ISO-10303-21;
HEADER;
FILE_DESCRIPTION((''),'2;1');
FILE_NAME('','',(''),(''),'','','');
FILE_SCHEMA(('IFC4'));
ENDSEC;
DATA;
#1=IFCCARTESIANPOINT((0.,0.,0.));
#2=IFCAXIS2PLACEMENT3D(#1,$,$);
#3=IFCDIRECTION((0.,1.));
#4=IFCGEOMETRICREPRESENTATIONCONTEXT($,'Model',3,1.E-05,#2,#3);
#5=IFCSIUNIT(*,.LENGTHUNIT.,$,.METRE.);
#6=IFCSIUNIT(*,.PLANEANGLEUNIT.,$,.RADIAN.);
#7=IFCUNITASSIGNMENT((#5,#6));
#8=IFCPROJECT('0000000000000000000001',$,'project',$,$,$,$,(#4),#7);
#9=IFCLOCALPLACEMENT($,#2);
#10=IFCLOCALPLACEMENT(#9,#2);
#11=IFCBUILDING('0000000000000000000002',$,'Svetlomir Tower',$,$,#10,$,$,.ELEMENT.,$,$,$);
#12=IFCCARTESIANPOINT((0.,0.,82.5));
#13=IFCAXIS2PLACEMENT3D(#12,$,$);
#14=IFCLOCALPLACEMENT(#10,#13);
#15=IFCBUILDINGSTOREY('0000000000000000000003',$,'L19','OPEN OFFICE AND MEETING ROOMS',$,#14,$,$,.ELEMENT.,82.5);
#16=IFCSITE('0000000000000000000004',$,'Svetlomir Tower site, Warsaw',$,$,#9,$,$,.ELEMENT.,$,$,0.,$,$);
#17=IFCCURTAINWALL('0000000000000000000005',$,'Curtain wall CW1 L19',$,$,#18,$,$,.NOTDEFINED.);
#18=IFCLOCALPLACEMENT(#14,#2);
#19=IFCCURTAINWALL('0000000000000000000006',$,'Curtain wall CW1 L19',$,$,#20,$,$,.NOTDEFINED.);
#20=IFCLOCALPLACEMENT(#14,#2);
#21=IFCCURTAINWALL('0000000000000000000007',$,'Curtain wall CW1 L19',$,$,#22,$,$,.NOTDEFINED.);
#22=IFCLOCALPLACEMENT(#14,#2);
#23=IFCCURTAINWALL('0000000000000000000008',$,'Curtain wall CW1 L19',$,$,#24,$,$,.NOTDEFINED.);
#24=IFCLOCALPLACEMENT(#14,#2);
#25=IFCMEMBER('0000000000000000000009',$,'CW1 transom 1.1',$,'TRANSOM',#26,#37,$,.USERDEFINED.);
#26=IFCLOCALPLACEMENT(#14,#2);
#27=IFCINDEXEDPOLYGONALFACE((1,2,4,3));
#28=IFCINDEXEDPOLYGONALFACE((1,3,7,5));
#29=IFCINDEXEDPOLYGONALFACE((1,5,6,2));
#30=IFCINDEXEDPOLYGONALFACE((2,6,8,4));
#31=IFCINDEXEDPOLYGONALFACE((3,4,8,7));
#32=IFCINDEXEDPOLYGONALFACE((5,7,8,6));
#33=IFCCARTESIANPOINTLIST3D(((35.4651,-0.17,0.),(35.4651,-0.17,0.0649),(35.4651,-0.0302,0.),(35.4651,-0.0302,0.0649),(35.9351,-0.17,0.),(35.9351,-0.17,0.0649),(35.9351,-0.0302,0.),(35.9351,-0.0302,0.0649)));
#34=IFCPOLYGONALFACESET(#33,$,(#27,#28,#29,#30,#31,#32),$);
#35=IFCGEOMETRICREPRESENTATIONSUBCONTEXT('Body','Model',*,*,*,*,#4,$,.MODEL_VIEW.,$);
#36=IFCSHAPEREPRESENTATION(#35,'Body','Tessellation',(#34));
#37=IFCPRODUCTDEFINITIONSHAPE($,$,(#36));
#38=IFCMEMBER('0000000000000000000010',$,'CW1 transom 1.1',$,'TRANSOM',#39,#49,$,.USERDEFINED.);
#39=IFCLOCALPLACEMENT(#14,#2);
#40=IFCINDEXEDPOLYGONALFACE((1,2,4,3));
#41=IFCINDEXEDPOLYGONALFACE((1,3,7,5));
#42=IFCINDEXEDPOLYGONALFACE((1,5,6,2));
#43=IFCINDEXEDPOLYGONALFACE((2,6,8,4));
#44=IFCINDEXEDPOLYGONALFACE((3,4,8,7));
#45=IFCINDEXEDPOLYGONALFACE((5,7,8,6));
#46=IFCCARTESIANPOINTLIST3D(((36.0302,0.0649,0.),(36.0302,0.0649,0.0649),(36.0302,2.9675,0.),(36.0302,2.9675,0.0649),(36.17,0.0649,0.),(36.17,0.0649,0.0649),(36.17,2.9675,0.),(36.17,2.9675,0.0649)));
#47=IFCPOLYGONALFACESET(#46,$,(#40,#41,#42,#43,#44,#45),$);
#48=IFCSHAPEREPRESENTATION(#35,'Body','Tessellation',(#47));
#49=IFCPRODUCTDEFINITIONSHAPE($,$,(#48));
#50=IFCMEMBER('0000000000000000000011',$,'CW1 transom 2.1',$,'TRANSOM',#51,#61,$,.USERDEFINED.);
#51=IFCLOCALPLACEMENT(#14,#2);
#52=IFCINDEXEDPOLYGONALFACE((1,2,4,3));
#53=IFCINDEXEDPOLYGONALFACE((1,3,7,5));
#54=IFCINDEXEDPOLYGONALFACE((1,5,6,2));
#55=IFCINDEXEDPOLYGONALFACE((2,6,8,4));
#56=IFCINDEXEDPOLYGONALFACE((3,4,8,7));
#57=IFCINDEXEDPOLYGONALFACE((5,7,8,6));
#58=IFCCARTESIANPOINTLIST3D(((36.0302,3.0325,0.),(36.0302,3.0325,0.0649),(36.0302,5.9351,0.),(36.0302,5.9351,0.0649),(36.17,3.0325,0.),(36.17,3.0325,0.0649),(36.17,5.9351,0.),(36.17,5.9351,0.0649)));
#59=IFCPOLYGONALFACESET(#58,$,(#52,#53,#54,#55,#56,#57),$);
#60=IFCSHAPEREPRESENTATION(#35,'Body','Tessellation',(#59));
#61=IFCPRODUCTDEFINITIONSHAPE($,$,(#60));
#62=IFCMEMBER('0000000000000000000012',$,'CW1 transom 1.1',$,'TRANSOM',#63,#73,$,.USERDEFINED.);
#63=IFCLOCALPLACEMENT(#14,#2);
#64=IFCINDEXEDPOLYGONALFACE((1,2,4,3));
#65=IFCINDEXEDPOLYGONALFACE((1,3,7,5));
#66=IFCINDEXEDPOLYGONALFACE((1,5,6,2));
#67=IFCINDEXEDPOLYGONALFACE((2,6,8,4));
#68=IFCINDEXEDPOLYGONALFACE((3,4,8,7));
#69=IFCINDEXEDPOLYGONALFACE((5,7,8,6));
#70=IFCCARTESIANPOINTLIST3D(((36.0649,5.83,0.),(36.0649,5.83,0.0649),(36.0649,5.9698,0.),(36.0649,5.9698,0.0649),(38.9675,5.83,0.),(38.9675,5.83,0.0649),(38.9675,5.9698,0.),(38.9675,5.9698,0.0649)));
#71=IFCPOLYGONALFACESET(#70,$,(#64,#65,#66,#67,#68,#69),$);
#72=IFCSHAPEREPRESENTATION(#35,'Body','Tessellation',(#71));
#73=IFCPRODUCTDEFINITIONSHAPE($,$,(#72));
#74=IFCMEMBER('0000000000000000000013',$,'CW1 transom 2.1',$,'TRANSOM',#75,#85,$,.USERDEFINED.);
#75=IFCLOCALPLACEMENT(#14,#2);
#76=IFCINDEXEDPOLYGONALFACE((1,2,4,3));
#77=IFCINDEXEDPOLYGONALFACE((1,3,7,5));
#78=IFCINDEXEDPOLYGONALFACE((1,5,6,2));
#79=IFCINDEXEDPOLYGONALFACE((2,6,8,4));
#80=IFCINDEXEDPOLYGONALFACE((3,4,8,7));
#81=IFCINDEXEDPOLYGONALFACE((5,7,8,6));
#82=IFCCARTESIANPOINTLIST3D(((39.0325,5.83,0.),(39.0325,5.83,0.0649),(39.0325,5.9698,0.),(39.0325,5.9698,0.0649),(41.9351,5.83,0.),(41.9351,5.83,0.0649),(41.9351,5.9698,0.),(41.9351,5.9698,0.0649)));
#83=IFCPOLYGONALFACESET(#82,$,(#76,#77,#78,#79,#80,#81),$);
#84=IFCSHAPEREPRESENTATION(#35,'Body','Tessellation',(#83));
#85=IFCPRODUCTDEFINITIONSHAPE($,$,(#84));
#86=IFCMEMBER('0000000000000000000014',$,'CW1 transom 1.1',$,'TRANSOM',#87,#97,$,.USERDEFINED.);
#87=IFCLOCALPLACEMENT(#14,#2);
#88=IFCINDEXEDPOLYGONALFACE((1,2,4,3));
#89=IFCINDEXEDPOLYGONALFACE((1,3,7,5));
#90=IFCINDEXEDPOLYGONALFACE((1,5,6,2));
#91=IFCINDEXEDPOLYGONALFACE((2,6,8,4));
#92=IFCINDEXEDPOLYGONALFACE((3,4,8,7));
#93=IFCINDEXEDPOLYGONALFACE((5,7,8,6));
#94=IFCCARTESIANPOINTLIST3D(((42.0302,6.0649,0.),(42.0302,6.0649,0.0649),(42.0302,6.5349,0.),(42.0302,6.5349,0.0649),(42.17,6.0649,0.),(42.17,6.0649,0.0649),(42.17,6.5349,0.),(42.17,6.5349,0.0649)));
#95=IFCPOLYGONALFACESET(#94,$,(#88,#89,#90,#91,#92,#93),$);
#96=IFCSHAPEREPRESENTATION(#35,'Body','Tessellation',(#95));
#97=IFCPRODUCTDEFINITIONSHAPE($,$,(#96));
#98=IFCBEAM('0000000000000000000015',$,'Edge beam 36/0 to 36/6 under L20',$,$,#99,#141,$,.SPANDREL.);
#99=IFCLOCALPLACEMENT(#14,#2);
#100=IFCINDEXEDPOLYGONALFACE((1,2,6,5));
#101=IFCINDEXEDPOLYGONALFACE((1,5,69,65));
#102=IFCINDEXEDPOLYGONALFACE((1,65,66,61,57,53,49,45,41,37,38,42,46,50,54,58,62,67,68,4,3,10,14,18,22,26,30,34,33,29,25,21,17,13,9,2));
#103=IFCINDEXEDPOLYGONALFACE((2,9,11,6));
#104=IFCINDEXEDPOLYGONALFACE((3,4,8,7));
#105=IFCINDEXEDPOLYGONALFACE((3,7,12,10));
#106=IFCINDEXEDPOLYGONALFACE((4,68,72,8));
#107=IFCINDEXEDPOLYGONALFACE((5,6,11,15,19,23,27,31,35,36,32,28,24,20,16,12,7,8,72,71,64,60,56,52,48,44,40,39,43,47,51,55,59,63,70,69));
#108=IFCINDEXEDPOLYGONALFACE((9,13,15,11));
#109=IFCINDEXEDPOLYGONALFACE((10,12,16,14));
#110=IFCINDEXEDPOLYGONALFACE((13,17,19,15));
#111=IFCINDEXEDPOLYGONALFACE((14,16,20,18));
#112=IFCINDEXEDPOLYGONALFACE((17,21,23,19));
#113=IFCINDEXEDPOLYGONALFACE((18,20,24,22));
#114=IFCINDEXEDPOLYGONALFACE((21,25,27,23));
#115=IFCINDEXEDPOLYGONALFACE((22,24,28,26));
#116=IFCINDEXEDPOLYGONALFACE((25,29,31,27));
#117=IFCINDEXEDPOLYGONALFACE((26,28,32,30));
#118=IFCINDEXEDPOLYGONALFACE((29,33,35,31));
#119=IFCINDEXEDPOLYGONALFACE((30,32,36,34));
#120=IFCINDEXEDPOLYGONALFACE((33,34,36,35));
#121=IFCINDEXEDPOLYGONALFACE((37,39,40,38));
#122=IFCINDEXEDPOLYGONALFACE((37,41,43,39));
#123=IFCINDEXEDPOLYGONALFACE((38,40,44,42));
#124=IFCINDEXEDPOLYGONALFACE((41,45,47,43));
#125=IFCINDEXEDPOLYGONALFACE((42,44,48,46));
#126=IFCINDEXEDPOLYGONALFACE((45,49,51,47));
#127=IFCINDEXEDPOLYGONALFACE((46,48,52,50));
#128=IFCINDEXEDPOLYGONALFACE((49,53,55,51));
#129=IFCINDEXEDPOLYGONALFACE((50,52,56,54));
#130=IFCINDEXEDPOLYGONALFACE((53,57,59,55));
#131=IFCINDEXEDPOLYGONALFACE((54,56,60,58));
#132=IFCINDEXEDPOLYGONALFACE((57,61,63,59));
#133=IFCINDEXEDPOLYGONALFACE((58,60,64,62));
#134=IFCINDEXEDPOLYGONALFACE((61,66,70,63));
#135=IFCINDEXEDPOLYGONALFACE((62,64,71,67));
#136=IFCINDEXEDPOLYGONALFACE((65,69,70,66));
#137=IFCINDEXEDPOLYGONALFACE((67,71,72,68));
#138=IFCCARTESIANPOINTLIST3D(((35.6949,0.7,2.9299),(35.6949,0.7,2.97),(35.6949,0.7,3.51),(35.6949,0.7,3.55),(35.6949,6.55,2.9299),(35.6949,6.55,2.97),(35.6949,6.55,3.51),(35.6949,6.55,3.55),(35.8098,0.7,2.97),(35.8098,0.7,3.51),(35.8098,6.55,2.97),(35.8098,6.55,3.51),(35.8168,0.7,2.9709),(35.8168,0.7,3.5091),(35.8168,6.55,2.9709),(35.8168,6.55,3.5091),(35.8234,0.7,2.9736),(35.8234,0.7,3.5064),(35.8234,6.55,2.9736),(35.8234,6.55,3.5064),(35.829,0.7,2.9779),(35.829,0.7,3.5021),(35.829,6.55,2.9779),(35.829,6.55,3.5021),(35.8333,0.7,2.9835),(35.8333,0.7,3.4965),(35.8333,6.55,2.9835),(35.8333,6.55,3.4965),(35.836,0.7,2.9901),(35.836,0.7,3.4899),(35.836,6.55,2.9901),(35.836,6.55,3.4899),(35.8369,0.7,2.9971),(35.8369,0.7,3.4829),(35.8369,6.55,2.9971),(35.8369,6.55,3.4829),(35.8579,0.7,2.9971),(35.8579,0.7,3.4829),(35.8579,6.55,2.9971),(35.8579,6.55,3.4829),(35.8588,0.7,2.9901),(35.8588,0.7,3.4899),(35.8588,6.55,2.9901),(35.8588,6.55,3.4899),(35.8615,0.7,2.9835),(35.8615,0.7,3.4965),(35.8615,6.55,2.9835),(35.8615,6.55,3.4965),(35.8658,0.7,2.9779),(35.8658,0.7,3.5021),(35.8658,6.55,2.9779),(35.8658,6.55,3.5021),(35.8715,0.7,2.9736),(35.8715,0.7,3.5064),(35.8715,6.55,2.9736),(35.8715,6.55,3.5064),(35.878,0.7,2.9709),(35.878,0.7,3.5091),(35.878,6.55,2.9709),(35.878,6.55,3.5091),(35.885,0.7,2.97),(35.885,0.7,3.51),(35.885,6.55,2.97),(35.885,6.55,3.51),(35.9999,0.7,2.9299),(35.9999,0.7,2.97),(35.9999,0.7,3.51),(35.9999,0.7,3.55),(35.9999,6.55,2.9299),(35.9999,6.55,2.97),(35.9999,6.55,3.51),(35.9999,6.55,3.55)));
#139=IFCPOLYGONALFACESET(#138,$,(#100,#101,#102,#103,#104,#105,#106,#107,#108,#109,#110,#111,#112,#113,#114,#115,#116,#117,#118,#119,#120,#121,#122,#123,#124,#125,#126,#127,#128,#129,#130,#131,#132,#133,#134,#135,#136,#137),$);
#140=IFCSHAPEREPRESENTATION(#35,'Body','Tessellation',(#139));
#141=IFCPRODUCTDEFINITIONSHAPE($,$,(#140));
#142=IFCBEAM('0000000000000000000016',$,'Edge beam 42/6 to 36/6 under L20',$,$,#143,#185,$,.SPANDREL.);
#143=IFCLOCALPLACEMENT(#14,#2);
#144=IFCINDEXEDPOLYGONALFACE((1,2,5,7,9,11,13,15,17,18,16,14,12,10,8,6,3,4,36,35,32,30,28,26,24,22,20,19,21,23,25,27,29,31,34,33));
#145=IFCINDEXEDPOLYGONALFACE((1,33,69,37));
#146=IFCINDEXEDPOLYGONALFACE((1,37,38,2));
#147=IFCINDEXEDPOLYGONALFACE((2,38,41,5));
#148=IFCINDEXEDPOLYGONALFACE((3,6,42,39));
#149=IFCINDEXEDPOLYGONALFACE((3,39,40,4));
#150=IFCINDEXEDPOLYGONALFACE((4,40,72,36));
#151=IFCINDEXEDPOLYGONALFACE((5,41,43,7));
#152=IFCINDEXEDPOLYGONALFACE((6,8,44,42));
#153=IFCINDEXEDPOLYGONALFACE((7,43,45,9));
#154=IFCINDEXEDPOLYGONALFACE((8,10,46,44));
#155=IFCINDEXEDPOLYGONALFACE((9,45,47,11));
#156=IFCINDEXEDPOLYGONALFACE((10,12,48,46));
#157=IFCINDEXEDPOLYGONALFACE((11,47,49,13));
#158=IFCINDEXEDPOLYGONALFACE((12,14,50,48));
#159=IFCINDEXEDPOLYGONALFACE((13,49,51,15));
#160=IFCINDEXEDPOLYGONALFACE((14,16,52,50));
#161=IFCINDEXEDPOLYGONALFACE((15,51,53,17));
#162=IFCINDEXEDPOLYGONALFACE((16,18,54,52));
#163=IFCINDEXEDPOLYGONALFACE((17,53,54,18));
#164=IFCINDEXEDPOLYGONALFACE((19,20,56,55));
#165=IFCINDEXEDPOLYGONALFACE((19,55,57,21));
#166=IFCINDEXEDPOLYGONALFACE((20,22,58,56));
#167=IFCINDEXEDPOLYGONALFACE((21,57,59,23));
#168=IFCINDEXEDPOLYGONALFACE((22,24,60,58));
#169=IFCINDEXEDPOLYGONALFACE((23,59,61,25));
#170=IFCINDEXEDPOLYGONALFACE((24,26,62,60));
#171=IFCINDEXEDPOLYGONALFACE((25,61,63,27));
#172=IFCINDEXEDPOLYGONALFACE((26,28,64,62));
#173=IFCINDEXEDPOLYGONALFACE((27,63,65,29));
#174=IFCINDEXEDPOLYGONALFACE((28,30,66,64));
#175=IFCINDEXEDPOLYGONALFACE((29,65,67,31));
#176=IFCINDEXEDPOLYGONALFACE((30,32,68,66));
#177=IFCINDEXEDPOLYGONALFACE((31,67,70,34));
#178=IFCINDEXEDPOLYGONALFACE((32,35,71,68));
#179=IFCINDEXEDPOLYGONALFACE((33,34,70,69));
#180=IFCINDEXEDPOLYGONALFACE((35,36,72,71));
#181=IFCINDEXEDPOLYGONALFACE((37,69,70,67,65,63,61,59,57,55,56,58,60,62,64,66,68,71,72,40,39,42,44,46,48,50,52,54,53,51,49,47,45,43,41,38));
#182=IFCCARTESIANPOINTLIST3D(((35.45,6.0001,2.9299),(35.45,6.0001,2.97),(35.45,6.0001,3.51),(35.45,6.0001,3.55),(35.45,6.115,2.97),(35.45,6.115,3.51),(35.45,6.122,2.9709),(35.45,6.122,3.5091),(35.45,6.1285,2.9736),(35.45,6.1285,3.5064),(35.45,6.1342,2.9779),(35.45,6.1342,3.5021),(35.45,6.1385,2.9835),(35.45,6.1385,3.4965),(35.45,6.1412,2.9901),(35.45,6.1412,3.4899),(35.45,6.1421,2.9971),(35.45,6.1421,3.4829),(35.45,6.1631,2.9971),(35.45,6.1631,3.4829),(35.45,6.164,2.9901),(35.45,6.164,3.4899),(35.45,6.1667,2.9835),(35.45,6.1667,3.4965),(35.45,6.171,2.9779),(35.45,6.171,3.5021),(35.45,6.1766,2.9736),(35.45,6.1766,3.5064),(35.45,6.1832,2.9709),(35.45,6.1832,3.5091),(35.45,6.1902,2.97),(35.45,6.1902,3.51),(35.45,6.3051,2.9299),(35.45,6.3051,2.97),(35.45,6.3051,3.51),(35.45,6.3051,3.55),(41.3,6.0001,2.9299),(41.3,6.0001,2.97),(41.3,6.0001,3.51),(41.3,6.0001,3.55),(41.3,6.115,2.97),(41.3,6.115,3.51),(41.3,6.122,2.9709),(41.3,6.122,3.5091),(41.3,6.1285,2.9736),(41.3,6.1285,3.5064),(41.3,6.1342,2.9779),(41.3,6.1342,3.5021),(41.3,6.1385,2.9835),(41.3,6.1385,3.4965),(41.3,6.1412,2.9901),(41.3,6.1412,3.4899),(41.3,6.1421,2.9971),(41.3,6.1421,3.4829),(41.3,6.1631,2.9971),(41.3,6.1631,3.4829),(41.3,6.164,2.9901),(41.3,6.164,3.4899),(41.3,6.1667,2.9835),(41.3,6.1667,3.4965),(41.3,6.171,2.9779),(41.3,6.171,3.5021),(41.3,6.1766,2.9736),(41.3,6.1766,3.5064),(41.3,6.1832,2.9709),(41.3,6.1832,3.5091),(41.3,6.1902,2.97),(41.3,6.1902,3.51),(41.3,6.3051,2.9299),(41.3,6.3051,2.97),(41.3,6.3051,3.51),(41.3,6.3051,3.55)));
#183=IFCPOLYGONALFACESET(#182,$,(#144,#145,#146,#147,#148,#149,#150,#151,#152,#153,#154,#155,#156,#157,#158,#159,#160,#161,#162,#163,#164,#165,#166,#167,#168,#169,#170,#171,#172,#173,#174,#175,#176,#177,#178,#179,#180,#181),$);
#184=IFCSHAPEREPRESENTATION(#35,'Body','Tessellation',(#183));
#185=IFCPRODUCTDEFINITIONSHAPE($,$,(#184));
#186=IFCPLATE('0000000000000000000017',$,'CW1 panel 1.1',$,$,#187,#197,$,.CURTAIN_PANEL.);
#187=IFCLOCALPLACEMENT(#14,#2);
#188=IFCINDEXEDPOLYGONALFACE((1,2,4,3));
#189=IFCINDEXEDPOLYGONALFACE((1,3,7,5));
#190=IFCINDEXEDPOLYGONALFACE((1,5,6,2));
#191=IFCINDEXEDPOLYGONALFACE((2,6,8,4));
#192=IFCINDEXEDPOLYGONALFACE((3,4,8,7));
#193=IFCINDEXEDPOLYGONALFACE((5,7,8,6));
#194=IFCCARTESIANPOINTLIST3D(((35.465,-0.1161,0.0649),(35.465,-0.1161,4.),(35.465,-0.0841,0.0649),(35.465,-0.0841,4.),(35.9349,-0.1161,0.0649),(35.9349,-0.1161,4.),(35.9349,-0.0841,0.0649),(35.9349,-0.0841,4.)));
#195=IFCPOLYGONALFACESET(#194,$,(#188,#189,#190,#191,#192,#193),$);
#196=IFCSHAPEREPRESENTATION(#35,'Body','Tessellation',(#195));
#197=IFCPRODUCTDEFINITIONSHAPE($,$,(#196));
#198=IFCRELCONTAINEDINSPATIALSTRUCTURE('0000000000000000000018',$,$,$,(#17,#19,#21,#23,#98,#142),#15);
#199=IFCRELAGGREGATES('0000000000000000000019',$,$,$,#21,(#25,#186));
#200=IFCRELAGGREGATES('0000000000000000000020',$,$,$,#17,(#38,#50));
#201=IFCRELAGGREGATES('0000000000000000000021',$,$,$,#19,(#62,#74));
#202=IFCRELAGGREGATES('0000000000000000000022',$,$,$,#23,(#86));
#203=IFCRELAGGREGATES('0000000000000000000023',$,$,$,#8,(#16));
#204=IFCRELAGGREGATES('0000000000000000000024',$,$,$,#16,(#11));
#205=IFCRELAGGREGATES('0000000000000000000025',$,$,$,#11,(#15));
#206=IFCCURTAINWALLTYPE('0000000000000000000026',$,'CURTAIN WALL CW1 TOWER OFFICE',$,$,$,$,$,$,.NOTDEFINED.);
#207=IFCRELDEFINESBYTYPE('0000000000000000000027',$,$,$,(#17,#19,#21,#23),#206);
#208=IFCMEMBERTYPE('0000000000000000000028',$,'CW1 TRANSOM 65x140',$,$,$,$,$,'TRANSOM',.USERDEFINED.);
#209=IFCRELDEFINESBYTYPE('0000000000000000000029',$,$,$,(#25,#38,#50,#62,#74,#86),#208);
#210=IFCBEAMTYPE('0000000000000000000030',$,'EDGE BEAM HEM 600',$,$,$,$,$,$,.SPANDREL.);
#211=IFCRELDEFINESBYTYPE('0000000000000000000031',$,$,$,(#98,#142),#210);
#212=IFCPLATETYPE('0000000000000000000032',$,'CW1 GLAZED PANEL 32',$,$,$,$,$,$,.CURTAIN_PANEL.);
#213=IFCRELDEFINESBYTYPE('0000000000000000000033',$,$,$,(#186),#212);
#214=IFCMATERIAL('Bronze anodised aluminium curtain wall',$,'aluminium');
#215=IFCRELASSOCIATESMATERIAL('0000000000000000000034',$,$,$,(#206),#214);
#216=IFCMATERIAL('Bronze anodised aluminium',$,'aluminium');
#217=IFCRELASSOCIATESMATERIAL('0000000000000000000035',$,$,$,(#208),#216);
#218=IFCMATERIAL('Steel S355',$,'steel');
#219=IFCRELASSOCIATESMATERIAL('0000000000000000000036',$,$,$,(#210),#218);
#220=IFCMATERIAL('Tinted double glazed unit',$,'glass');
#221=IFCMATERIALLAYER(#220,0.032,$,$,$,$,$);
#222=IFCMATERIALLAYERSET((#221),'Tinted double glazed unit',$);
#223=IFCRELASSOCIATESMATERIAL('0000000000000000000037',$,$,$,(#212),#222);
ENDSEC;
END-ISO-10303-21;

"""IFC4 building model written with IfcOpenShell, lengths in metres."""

from ifc_helpers import new_model, si_unit, direction, frame, origin, origin_2d, place, context, subcontext, project, spatial, rectangle, i_section, extrude, material, layer, layer_set, material_profile, profile_set, type_object, element, aggregate, save


model = new_model("IFC4")

# Units and contexts
model_context = context("Model", 3, precision=1e-05, world=origin(), true_north=direction((0.0, 1.0)))
body_context = subcontext(model_context, "Body", "Model", "MODEL_VIEW")
ifc_project = project(units=[si_unit("LENGTHUNIT", "METRE"), si_unit("PLANEANGLEUNIT", "RADIAN")], contexts=[model_context])

# Site, building, storey
site_placement = place(None, origin())
site = spatial("IfcSite", under=ifc_project, at=site_placement, Name="Svetlomir Tower site, Warsaw", CompositionType="ELEMENT", RefElevation=0.0)
building_placement = place(site_placement, origin())
building = spatial("IfcBuilding", under=site, at=building_placement, Name="Svetlomir Tower", CompositionType="ELEMENT")
storey_placement = place(building_placement, frame((0.0, 0.0, 82.5)))
storey = spatial("IfcBuildingStorey", under=building, at=storey_placement, Name="L19", Description="OPEN OFFICE AND MEETING ROOMS", CompositionType="ELEMENT", Elevation=82.5)

# Curtain walls
ifc_material_1 = material(Name="Bronze anodised aluminium curtain wall", Category="aluminium")
curtain_wall_type = type_object("IfcCurtainWallType", Name="CURTAIN WALL CW1 TOWER OFFICE", PredefinedType="NOTDEFINED", material=ifc_material_1)
curtain_wall_1_placement = place(storey_placement, origin())
curtain_wall_1 = element("IfcCurtainWall", 1, at=curtain_wall_1_placement, inside=storey, type_object=curtain_wall_type, Name="Curtain wall CW1 L19", PredefinedType="NOTDEFINED")
curtain_wall_2_placement = place(storey_placement, origin())
curtain_wall_2 = element("IfcCurtainWall", 2, at=curtain_wall_2_placement, inside=storey, type_object=curtain_wall_type, Name="Curtain wall CW1 L19", PredefinedType="NOTDEFINED")

# Curtain wall
curtain_wall_3_placement = place(storey_placement, origin())
curtain_wall_3 = element("IfcCurtainWall", 3, at=curtain_wall_3_placement, inside=storey, type_object=curtain_wall_type, Name="Curtain wall CW1 L19", PredefinedType="NOTDEFINED")

# Curtain wall
curtain_wall_4_placement = place(storey_placement, origin())
curtain_wall_4 = element("IfcCurtainWall", 4, at=curtain_wall_4_placement, inside=storey, type_object=curtain_wall_type, Name="Curtain wall CW1 L19", PredefinedType="NOTDEFINED")

# Members
ifc_material_2 = material(Name="Bronze anodised aluminium", Category="aluminium")
ifc_material_profile_1 = material_profile(ifc_material_2, rectangle(XDim=0.1399, YDim=0.0649, at=origin_2d()), Name="AL 140x65")
ifc_profile_set_1 = profile_set([ifc_material_profile_1], Name="Bronze anodised aluminium 6063-T6")
member_type_1 = type_object("IfcMemberType", Name="CW1 TRANSOM 65x140", ElementType="TRANSOM", PredefinedType="USERDEFINED", material=ifc_profile_set_1)
member_1_placement = place(storey_placement, frame((35.4651, -0.1001, 0.0325), z_axis=(1.0, 0.0, 0.0), x_axis=(0.0, 1.0, 0.0)))
member_1 = element("IfcMember", 5, at=member_1_placement, type_object=member_type_1, Name="CW1 transom 1.1", ObjectType="TRANSOM", PredefinedType="USERDEFINED", context=body_context, shape_type="SweptSolid", body=[
    extrude(rectangle(XDim=0.1399, YDim=0.0649, at=origin_2d()), origin(), (0.0, 0.0, 1.0), 0.47),
])
member_2_placement = place(storey_placement, frame((36.1001, 0.0649, 0.0325), z_axis=(0.0, 1.0, 0.0), x_axis=(-1.0, 0.0, 0.0)))
member_2 = element("IfcMember", 6, at=member_2_placement, type_object=member_type_1, Name="CW1 transom 1.1", ObjectType="TRANSOM", PredefinedType="USERDEFINED", context=body_context, shape_type="SweptSolid", body=[
    extrude(rectangle(XDim=0.1399, YDim=0.0649, at=origin_2d()), origin(), (0.0, 0.0, 1.0), 2.9026),
])
member_3_placement = place(storey_placement, frame((36.1001, 3.0325, 0.0325), z_axis=(0.0, 1.0, 0.0), x_axis=(-1.0, 0.0, 0.0)))
member_3 = element("IfcMember", 7, at=member_3_placement, type_object=member_type_1, Name="CW1 transom 2.1", ObjectType="TRANSOM", PredefinedType="USERDEFINED", context=body_context, shape_type="SweptSolid", body=[
    extrude(rectangle(XDim=0.1399, YDim=0.0649, at=origin_2d()), origin(), (0.0, 0.0, 1.0), 2.9026),
])
member_4_placement = place(storey_placement, frame((36.0649, 5.8999, 0.0325), z_axis=(1.0, 0.0, 0.0), x_axis=(0.0, 1.0, 0.0)))
member_4 = element("IfcMember", 8, at=member_4_placement, type_object=member_type_1, Name="CW1 transom 1.1", ObjectType="TRANSOM", PredefinedType="USERDEFINED", context=body_context, shape_type="SweptSolid", body=[
    extrude(rectangle(XDim=0.1399, YDim=0.0649, at=origin_2d()), origin(), (0.0, 0.0, 1.0), 2.9026),
])
member_5_placement = place(storey_placement, frame((39.0325, 5.8999, 0.0325), z_axis=(1.0, 0.0, 0.0), x_axis=(0.0, 1.0, 0.0)))
member_5 = element("IfcMember", 9, at=member_5_placement, type_object=member_type_1, Name="CW1 transom 2.1", ObjectType="TRANSOM", PredefinedType="USERDEFINED", context=body_context, shape_type="SweptSolid", body=[
    extrude(rectangle(XDim=0.1399, YDim=0.0649, at=origin_2d()), origin(), (0.0, 0.0, 1.0), 2.9026),
])
member_6_placement = place(storey_placement, frame((42.1001, 6.0649, 0.0325), z_axis=(0.0, 1.0, 0.0), x_axis=(-1.0, 0.0, 0.0)))
member_6 = element("IfcMember", 10, at=member_6_placement, type_object=member_type_1, Name="CW1 transom 1.1", ObjectType="TRANSOM", PredefinedType="USERDEFINED", context=body_context, shape_type="SweptSolid", body=[
    extrude(rectangle(XDim=0.1399, YDim=0.0649, at=origin_2d()), origin(), (0.0, 0.0, 1.0), 0.47),
])

# Beams
ifc_material_3 = material(Name="Steel S355", Category="steel")
ifc_material_profile_2 = material_profile(ifc_material_3, i_section(OverallWidth=0.3049, OverallDepth=0.6201, WebThickness=0.021, FlangeThickness=0.04, FilletRadius=0.0271, at=origin_2d()), Name="HEM 600")
ifc_profile_set_2 = profile_set([ifc_material_profile_2], Name="Steel S355")
beam_type_1 = type_object("IfcBeamType", Name="EDGE BEAM HEM 600", PredefinedType="SPANDREL", material=ifc_profile_set_2)
for number, where, z_axis, x_axis, name in (
    (11, (35.8474, 0.7, 3.24), (0.0, 1.0, 0.0), (-1.0, 0.0, 0.0), "Edge beam 36/0 to 36/6 under L20"),
    (12, (41.3, 6.1526, 3.24), (-1.0, 0.0, 0.0), (0.0, -1.0, 0.0), "Edge beam 42/6 to 36/6 under L20"),
):
    element("IfcBeam", number, at=place(storey_placement, frame(where, z_axis=z_axis, x_axis=x_axis)), inside=storey, type_object=beam_type_1, Name=name, PredefinedType="SPANDREL", context=body_context, shape_type="SweptSolid", body=[
        extrude(i_section(OverallWidth=0.3049, OverallDepth=0.6201, WebThickness=0.021, FlangeThickness=0.04, FilletRadius=0.0271, at=origin_2d()), origin(), (0.0, 0.0, 1.0), 5.8501),
    ])

# Plate
ifc_material_4 = material(Name="Tinted double glazed unit", Category="glass")
ifc_layer_1 = layer(ifc_material_4, 0.032)
ifc_layer_set_1 = layer_set([ifc_layer_1], Name="Tinted double glazed unit")
plate_type = type_object("IfcPlateType", Name="CW1 GLAZED PANEL 32", PredefinedType="CURTAIN_PANEL", material=ifc_layer_set_1)
plate_1_placement = place(storey_placement, frame((35.7, -0.1001, 0.0649), z_axis=(0.0, 0.0, 1.0), x_axis=(1.0, 0.0, 0.0)))
plate_1 = element("IfcPlate", 13, at=plate_1_placement, type_object=plate_type, Name="CW1 panel 1.1", PredefinedType="CURTAIN_PANEL", context=body_context, shape_type="SweptSolid", body=[
    extrude(rectangle(XDim=0.47, YDim=0.032, at=origin_2d()), origin(), (0.0, 0.0, 1.0), 3.9351),
])
aggregate(curtain_wall_3, [member_1, plate_1])
aggregate(curtain_wall_1, [member_2, member_3])
aggregate(curtain_wall_2, [member_4, member_5])
aggregate(curtain_wall_4, [member_6])

save(model, "model.ifc")
